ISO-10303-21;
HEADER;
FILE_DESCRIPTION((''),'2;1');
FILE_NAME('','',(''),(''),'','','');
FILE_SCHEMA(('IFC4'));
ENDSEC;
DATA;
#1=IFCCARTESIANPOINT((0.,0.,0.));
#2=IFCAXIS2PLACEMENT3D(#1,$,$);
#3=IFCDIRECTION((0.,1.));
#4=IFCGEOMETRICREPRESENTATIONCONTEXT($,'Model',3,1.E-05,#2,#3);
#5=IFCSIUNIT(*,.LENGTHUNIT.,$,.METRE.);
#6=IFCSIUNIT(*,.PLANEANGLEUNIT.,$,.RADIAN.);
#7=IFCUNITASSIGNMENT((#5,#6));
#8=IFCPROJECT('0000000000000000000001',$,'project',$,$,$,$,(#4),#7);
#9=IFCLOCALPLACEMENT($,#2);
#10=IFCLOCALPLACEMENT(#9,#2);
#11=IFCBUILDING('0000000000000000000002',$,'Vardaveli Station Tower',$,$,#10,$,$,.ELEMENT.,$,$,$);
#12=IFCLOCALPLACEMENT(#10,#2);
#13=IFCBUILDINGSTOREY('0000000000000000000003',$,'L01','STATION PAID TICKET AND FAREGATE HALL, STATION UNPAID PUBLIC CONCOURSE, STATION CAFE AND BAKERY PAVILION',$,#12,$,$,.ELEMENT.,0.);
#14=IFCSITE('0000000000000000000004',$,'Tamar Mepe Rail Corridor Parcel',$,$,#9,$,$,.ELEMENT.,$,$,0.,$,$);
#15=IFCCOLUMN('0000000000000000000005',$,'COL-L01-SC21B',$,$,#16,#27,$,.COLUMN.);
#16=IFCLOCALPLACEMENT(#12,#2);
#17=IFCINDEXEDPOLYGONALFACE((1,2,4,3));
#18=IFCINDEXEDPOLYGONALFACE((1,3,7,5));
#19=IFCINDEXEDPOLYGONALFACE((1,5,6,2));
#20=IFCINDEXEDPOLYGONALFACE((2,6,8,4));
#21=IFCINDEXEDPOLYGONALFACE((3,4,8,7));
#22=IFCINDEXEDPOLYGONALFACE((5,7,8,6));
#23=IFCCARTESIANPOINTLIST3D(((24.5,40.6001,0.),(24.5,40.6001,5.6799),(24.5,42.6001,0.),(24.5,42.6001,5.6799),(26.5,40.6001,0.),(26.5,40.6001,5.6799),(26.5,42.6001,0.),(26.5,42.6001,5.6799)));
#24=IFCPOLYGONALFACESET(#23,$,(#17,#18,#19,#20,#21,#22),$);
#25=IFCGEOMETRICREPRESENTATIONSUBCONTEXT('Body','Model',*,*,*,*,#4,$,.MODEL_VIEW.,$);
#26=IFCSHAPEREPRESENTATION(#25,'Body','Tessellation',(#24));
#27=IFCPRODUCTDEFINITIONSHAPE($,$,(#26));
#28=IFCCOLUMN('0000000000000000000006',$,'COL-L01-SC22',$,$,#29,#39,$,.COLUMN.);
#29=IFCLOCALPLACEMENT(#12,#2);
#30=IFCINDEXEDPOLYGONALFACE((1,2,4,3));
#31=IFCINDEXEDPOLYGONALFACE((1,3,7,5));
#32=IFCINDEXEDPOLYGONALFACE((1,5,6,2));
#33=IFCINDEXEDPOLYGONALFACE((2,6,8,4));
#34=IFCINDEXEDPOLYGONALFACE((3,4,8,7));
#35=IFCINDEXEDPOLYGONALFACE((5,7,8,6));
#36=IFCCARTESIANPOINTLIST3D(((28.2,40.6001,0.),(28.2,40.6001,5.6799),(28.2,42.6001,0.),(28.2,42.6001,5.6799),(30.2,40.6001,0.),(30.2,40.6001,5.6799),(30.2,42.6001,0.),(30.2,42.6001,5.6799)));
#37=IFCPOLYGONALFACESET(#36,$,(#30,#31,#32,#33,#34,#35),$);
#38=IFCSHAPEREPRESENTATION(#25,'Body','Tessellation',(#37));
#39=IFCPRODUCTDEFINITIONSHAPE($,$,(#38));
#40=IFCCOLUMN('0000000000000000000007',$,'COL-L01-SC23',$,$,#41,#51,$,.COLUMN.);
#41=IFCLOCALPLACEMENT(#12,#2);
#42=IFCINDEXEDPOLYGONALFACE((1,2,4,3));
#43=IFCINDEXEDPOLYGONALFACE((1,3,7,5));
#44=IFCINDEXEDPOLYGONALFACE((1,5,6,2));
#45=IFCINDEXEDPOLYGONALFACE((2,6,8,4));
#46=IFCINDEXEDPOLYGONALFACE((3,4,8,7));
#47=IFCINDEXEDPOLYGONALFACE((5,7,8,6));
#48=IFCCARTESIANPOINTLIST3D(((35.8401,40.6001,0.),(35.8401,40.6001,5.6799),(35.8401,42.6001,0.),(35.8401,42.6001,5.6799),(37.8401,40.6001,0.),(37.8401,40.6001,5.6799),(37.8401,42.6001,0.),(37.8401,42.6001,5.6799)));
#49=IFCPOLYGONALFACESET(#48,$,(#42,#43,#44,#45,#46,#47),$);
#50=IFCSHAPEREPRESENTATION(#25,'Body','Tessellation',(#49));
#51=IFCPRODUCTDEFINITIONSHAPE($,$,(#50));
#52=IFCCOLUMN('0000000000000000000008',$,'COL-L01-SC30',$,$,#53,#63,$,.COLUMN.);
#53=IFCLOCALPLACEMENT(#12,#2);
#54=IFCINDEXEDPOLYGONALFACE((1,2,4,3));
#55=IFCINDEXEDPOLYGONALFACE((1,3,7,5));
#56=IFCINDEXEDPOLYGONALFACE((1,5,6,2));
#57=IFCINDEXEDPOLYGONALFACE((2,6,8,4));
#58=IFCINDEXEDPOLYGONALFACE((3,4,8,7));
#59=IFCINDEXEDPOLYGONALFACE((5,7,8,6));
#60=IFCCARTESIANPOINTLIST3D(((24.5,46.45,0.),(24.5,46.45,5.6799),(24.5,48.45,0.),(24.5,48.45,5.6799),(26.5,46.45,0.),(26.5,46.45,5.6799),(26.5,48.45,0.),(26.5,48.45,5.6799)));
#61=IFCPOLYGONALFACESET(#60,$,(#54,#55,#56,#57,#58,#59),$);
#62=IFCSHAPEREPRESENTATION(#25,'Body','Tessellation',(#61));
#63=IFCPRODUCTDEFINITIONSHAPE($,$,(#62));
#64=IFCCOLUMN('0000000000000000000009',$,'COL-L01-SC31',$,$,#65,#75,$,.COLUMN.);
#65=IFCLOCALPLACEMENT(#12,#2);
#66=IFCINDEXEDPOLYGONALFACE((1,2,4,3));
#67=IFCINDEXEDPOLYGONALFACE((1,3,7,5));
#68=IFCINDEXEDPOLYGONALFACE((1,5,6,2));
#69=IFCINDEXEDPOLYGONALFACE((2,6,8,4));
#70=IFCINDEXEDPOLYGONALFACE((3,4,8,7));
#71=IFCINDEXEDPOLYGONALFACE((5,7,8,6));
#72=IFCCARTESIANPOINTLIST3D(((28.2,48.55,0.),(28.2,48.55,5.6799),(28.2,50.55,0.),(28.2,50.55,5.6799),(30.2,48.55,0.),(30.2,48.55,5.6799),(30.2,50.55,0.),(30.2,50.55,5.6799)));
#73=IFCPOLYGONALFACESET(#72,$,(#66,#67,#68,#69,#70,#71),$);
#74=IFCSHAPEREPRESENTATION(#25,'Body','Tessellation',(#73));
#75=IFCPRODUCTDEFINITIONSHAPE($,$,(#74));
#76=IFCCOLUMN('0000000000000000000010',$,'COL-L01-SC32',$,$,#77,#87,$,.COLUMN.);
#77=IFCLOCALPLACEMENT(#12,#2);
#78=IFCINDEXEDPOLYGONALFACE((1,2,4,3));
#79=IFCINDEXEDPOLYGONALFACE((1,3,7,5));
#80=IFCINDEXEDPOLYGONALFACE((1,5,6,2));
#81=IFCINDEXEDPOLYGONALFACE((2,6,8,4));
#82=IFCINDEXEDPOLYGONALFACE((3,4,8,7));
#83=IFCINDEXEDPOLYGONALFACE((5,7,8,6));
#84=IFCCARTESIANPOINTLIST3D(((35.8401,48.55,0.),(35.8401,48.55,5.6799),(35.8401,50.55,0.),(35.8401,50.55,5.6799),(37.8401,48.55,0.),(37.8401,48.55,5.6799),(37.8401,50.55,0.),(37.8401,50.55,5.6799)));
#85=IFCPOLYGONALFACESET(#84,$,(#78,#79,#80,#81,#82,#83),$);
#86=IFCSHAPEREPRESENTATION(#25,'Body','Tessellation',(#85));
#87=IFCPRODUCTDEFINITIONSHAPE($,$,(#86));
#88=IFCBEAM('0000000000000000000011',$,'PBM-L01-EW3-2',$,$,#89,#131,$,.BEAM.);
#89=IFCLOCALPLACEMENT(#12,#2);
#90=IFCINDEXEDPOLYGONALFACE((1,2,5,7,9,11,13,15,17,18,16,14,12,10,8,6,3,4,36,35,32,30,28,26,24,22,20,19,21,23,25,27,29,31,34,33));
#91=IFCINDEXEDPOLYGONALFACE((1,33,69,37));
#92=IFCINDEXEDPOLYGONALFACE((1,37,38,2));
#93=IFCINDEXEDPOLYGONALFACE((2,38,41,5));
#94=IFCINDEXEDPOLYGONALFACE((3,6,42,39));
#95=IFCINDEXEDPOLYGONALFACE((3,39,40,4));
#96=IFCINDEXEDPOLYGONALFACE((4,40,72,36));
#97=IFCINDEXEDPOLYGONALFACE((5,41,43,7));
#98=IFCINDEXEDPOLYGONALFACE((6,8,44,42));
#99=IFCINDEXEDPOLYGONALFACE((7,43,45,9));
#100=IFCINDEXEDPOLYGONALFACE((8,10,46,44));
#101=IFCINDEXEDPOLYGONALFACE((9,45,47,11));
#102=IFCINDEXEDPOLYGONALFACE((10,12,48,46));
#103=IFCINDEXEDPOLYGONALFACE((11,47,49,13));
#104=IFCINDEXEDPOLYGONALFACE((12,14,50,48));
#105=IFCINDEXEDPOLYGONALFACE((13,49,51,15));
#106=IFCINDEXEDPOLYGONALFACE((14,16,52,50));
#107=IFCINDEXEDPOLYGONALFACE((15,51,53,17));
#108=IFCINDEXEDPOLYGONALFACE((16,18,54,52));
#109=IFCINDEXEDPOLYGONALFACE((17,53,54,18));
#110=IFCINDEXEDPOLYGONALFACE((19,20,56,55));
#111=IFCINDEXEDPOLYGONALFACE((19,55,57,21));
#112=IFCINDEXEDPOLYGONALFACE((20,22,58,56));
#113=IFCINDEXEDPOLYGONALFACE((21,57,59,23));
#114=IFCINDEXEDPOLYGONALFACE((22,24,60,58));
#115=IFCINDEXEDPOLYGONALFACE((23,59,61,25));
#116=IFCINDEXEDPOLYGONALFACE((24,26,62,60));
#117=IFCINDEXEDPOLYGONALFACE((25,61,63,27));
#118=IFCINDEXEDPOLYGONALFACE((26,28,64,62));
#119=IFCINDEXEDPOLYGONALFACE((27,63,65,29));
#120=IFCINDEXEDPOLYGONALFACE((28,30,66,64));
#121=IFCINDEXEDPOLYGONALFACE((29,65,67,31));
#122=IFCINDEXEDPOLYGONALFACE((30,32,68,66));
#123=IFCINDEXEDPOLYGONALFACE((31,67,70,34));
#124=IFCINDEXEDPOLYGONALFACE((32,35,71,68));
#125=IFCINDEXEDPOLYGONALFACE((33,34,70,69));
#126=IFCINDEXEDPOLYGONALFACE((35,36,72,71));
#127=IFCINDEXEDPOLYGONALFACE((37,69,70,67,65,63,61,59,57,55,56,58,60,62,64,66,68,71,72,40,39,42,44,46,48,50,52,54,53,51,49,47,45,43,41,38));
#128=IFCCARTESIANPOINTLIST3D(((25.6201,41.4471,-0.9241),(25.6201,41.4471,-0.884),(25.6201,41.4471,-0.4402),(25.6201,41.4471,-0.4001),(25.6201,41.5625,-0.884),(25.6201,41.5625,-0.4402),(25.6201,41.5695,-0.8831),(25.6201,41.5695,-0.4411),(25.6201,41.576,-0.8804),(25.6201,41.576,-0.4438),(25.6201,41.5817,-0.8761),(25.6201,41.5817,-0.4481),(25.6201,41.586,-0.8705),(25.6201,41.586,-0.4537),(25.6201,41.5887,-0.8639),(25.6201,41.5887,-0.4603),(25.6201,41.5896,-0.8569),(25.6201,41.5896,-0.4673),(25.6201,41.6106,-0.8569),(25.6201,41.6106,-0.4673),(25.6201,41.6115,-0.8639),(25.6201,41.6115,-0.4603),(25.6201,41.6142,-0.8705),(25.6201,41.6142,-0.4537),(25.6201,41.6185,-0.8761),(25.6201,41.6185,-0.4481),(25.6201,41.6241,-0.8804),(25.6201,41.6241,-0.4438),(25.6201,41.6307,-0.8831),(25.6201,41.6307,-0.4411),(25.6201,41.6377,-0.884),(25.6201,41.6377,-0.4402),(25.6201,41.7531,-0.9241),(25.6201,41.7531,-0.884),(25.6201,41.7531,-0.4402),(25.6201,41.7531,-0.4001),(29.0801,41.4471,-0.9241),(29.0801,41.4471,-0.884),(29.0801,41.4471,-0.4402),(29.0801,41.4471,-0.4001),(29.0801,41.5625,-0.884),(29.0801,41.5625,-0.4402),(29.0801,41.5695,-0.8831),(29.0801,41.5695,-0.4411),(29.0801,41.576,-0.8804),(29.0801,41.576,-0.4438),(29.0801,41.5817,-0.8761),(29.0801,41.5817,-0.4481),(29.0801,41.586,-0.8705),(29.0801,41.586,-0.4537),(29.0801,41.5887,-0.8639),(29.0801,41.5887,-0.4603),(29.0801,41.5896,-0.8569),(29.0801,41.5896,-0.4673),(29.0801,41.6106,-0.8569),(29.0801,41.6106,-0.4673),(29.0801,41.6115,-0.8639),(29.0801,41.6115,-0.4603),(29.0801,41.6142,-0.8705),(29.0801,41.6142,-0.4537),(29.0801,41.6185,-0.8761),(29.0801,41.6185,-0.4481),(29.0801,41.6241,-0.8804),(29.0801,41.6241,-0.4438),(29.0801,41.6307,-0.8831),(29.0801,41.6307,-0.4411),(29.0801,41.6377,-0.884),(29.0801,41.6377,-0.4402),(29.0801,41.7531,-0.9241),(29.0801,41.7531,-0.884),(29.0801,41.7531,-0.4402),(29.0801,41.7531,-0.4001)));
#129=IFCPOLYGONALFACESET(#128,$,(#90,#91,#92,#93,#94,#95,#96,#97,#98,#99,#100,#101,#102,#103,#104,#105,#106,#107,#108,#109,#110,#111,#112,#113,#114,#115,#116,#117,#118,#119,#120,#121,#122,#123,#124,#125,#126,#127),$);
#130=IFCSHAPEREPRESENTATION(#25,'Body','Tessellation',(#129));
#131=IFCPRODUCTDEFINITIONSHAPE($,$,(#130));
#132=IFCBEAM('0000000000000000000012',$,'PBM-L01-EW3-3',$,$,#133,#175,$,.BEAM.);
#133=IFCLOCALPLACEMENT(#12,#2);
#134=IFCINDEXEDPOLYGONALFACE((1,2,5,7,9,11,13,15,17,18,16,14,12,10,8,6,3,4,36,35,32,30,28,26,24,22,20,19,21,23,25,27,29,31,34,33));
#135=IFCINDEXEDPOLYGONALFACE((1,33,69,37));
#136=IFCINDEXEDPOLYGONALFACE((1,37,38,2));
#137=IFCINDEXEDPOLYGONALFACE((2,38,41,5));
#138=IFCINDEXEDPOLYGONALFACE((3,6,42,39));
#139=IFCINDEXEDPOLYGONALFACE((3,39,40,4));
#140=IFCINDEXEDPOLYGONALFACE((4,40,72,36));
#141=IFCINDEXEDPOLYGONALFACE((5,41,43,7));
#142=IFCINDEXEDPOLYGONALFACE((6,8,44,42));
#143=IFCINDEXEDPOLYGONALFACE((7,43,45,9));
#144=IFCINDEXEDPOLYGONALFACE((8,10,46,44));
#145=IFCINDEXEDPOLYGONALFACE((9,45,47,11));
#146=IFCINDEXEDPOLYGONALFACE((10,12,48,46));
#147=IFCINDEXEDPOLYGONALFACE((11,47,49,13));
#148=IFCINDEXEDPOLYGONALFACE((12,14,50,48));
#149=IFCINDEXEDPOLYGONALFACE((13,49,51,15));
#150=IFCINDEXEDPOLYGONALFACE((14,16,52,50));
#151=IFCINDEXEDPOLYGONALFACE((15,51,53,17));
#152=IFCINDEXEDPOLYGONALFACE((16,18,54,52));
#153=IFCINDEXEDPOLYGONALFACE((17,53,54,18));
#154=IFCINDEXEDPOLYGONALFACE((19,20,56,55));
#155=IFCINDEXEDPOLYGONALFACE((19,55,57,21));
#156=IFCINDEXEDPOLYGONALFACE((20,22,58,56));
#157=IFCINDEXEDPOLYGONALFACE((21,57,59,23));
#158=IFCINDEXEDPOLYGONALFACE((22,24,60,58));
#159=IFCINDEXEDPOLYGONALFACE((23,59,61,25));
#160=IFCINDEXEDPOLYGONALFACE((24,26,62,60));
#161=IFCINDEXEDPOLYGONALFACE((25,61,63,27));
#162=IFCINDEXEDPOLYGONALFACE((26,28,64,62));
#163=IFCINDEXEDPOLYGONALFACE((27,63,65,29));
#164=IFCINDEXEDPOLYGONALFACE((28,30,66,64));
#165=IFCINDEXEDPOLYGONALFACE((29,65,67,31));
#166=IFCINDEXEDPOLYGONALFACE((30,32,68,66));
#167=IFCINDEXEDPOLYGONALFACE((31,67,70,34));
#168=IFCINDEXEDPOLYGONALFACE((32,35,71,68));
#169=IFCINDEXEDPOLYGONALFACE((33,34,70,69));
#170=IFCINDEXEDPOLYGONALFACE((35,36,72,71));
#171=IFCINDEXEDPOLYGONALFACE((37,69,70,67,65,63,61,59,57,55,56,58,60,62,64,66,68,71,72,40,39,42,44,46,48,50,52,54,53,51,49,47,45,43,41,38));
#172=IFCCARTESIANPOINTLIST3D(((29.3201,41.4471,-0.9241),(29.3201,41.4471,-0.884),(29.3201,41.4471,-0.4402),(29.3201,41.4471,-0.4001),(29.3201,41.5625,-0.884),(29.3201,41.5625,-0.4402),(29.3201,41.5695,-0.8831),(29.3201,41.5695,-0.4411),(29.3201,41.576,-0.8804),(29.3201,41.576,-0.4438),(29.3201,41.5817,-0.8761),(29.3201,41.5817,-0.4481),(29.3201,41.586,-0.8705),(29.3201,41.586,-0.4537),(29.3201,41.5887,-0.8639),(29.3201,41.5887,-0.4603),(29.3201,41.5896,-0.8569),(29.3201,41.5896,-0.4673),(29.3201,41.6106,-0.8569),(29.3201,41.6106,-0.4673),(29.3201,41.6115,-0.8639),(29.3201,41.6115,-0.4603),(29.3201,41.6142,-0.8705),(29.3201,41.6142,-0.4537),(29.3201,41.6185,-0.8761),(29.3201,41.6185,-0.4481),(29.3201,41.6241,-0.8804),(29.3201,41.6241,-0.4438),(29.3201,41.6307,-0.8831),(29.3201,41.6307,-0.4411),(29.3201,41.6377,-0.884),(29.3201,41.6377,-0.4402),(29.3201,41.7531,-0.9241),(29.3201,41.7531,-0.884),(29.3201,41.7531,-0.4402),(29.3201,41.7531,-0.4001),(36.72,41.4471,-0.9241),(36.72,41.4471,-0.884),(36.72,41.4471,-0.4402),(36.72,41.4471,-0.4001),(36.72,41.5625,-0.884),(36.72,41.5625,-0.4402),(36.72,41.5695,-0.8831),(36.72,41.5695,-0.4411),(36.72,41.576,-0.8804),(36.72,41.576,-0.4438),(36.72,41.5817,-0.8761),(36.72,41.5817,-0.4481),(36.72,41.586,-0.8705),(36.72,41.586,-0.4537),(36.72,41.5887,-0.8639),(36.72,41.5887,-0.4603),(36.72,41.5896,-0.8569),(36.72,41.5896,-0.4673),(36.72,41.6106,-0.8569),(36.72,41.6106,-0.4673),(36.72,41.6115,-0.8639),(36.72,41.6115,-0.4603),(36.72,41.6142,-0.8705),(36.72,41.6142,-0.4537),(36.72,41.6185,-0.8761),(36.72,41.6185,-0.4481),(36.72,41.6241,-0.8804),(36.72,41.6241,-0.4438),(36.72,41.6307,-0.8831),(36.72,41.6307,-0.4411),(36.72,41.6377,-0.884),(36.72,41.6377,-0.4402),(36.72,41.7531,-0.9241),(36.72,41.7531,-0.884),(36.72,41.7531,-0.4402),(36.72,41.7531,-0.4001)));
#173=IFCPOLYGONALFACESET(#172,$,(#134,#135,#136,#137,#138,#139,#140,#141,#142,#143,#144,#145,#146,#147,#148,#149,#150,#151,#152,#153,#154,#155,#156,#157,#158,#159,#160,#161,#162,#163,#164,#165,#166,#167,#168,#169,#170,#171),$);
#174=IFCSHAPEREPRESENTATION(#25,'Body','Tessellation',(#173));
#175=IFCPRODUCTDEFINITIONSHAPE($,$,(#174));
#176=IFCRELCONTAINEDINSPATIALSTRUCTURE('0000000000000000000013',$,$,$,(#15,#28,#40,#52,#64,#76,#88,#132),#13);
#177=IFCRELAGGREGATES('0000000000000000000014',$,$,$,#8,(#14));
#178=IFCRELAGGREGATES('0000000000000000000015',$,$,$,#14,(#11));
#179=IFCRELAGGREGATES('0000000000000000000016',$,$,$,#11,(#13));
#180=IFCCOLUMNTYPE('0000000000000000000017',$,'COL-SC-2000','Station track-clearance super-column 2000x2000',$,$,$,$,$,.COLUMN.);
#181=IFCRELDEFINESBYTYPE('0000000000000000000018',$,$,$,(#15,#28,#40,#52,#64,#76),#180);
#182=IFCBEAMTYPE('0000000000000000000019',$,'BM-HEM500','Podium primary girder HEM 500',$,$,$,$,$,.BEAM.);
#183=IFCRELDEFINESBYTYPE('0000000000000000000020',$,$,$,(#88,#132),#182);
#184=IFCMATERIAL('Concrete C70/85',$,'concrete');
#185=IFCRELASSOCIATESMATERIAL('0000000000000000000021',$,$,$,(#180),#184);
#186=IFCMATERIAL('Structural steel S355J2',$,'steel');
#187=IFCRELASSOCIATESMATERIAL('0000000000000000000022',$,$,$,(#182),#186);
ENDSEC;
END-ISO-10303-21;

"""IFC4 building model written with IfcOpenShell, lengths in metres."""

from ifc_helpers import new_model, si_unit, direction, frame, origin, origin_2d, place, context, subcontext, project, spatial, rectangle, i_section, extrude, source, transform, mapped, material, material_profile, profile_set, type_object, element, save


model = new_model("IFC4")

# Units and contexts
model_context = context("Model", 3, precision=1e-05, world=origin(), true_north=direction((0.0, 1.0)))
body_context = subcontext(model_context, "Body", "Model", "MODEL_VIEW")
ifc_project = project(units=[si_unit("LENGTHUNIT", "METRE"), si_unit("PLANEANGLEUNIT", "RADIAN")], contexts=[model_context])

# Site, building, storey
site_placement = place(None, origin())
site = spatial("IfcSite", under=ifc_project, at=site_placement, Name="Tamar Mepe Rail Corridor Parcel", CompositionType="ELEMENT", RefElevation=0.0)
building_placement = place(site_placement, origin())
building = spatial("IfcBuilding", under=site, at=building_placement, Name="Vardaveli Station Tower", CompositionType="ELEMENT")
storey_placement = place(building_placement, origin())
storey = spatial("IfcBuildingStorey", under=building, at=storey_placement, Name="L01", Description="STATION PAID TICKET AND FAREGATE HALL, STATION UNPAID PUBLIC CONCOURSE, STATION CAFE AND BAKERY PAVILION", CompositionType="ELEMENT", Elevation=0.0)

# Columns
ifc_material_1 = material(Name="Concrete C70/85", Category="concrete")
ifc_material_profile_1 = material_profile(ifc_material_1, rectangle(XDim=2.0, YDim=2.0, at=origin_2d()), Name="SC 2000x2000")
ifc_profile_set_1 = profile_set([ifc_material_profile_1], Name="Concrete C70/85")
column_type = type_object("IfcColumnType", Name="COL-SC-2000", Description="Station track-clearance super-column 2000x2000", PredefinedType="COLUMN", material=ifc_profile_set_1)
shared_shape_1 = source(origin(), body_context, "Body", "SweptSolid", [
    extrude(rectangle(XDim=2.0, YDim=2.0, at=origin_2d()), origin(), (0.0, 0.0, 1.0), 5.6799),
])
for number, where, z_axis, x_axis, name in (
    (1, (25.5, 41.6001, 0.0), (0.0, 0.0, 1.0), (1.0, 0.0, 0.0), "COL-L01-SC21B"),
    (2, (29.2, 41.6001, 0.0), (0.0, 0.0, 1.0), (1.0, 0.0, 0.0), "COL-L01-SC22"),
    (3, (36.8401, 41.6001, 0.0), (0.0, 0.0, 1.0), (1.0, 0.0, 0.0), "COL-L01-SC23"),
    (4, (25.5, 47.45, 0.0), (0.0, 0.0, 1.0), (1.0, 0.0, 0.0), "COL-L01-SC30"),
    (5, (29.2, 49.55, 0.0), (0.0, 0.0, 1.0), (1.0, 0.0, 0.0), "COL-L01-SC31"),
    (6, (36.8401, 49.55, 0.0), (0.0, 0.0, 1.0), (1.0, 0.0, 0.0), "COL-L01-SC32"),
):
    element("IfcColumn", number, at=place(storey_placement, frame(where, z_axis=z_axis, x_axis=x_axis)), inside=storey, type_object=column_type, Name=name, PredefinedType="COLUMN", context=body_context, shape_type="MappedRepresentation", body=[
        mapped(shared_shape_1, transform((0.0, 0.0, 0.0), scale=1.0)),
    ])

# Beams
ifc_material_2 = material(Name="Structural steel S355J2", Category="steel")
ifc_material_profile_2 = material_profile(ifc_material_2, i_section(OverallWidth=0.3059, OverallDepth=0.5239, WebThickness=0.021, FlangeThickness=0.04, FilletRadius=0.0271, at=origin_2d()), Name="HEM 500")
ifc_profile_set_2 = profile_set([ifc_material_profile_2], Name="Structural steel S355J2")
beam_type = type_object("IfcBeamType", Name="BM-HEM500", Description="Podium primary girder HEM 500", PredefinedType="BEAM", material=ifc_profile_set_2)
shared_shape_2 = source(origin(), body_context, "Body", "SweptSolid", [
    extrude(i_section(OverallWidth=0.3059, OverallDepth=0.5239, WebThickness=0.021, FlangeThickness=0.04, FilletRadius=0.0271, at=origin_2d()), origin(), (0.0, 0.0, 1.0), 3.46),
])
beam_placement = place(storey_placement, frame((25.6201, 41.6001, -0.6621), z_axis=(1.0, 0.0, 0.0), x_axis=(0.0, 1.0, 0.0)))
element("IfcBeam", 7, at=beam_placement, inside=storey, type_object=beam_type, Name="PBM-L01-EW3-2", PredefinedType="BEAM", context=body_context, shape_type="MappedRepresentation", body=[
    mapped(shared_shape_2, transform((0.0, 0.0, 0.0), scale=1.0)),
])
shared_shape_3 = source(origin(), body_context, "Body", "SweptSolid", [
    extrude(i_section(OverallWidth=0.3059, OverallDepth=0.5239, WebThickness=0.021, FlangeThickness=0.04, FilletRadius=0.0271, at=origin_2d()), origin(), (0.0, 0.0, 1.0), 7.3999),
])
for number, where, z_axis, x_axis, name in (
    (8, (29.3201, 41.6001, -0.6621), (1.0, 0.0, 0.0), (0.0, 1.0, 0.0), "PBM-L01-EW3-3"),
):
    element("IfcBeam", number, at=place(storey_placement, frame(where, z_axis=z_axis, x_axis=x_axis)), inside=storey, type_object=beam_type, Name=name, PredefinedType="BEAM", context=body_context, shape_type="MappedRepresentation", body=[
        mapped(shared_shape_3, transform((0.0, 0.0, 0.0), scale=1.0)),
    ])

save(model, "model.ifc")
